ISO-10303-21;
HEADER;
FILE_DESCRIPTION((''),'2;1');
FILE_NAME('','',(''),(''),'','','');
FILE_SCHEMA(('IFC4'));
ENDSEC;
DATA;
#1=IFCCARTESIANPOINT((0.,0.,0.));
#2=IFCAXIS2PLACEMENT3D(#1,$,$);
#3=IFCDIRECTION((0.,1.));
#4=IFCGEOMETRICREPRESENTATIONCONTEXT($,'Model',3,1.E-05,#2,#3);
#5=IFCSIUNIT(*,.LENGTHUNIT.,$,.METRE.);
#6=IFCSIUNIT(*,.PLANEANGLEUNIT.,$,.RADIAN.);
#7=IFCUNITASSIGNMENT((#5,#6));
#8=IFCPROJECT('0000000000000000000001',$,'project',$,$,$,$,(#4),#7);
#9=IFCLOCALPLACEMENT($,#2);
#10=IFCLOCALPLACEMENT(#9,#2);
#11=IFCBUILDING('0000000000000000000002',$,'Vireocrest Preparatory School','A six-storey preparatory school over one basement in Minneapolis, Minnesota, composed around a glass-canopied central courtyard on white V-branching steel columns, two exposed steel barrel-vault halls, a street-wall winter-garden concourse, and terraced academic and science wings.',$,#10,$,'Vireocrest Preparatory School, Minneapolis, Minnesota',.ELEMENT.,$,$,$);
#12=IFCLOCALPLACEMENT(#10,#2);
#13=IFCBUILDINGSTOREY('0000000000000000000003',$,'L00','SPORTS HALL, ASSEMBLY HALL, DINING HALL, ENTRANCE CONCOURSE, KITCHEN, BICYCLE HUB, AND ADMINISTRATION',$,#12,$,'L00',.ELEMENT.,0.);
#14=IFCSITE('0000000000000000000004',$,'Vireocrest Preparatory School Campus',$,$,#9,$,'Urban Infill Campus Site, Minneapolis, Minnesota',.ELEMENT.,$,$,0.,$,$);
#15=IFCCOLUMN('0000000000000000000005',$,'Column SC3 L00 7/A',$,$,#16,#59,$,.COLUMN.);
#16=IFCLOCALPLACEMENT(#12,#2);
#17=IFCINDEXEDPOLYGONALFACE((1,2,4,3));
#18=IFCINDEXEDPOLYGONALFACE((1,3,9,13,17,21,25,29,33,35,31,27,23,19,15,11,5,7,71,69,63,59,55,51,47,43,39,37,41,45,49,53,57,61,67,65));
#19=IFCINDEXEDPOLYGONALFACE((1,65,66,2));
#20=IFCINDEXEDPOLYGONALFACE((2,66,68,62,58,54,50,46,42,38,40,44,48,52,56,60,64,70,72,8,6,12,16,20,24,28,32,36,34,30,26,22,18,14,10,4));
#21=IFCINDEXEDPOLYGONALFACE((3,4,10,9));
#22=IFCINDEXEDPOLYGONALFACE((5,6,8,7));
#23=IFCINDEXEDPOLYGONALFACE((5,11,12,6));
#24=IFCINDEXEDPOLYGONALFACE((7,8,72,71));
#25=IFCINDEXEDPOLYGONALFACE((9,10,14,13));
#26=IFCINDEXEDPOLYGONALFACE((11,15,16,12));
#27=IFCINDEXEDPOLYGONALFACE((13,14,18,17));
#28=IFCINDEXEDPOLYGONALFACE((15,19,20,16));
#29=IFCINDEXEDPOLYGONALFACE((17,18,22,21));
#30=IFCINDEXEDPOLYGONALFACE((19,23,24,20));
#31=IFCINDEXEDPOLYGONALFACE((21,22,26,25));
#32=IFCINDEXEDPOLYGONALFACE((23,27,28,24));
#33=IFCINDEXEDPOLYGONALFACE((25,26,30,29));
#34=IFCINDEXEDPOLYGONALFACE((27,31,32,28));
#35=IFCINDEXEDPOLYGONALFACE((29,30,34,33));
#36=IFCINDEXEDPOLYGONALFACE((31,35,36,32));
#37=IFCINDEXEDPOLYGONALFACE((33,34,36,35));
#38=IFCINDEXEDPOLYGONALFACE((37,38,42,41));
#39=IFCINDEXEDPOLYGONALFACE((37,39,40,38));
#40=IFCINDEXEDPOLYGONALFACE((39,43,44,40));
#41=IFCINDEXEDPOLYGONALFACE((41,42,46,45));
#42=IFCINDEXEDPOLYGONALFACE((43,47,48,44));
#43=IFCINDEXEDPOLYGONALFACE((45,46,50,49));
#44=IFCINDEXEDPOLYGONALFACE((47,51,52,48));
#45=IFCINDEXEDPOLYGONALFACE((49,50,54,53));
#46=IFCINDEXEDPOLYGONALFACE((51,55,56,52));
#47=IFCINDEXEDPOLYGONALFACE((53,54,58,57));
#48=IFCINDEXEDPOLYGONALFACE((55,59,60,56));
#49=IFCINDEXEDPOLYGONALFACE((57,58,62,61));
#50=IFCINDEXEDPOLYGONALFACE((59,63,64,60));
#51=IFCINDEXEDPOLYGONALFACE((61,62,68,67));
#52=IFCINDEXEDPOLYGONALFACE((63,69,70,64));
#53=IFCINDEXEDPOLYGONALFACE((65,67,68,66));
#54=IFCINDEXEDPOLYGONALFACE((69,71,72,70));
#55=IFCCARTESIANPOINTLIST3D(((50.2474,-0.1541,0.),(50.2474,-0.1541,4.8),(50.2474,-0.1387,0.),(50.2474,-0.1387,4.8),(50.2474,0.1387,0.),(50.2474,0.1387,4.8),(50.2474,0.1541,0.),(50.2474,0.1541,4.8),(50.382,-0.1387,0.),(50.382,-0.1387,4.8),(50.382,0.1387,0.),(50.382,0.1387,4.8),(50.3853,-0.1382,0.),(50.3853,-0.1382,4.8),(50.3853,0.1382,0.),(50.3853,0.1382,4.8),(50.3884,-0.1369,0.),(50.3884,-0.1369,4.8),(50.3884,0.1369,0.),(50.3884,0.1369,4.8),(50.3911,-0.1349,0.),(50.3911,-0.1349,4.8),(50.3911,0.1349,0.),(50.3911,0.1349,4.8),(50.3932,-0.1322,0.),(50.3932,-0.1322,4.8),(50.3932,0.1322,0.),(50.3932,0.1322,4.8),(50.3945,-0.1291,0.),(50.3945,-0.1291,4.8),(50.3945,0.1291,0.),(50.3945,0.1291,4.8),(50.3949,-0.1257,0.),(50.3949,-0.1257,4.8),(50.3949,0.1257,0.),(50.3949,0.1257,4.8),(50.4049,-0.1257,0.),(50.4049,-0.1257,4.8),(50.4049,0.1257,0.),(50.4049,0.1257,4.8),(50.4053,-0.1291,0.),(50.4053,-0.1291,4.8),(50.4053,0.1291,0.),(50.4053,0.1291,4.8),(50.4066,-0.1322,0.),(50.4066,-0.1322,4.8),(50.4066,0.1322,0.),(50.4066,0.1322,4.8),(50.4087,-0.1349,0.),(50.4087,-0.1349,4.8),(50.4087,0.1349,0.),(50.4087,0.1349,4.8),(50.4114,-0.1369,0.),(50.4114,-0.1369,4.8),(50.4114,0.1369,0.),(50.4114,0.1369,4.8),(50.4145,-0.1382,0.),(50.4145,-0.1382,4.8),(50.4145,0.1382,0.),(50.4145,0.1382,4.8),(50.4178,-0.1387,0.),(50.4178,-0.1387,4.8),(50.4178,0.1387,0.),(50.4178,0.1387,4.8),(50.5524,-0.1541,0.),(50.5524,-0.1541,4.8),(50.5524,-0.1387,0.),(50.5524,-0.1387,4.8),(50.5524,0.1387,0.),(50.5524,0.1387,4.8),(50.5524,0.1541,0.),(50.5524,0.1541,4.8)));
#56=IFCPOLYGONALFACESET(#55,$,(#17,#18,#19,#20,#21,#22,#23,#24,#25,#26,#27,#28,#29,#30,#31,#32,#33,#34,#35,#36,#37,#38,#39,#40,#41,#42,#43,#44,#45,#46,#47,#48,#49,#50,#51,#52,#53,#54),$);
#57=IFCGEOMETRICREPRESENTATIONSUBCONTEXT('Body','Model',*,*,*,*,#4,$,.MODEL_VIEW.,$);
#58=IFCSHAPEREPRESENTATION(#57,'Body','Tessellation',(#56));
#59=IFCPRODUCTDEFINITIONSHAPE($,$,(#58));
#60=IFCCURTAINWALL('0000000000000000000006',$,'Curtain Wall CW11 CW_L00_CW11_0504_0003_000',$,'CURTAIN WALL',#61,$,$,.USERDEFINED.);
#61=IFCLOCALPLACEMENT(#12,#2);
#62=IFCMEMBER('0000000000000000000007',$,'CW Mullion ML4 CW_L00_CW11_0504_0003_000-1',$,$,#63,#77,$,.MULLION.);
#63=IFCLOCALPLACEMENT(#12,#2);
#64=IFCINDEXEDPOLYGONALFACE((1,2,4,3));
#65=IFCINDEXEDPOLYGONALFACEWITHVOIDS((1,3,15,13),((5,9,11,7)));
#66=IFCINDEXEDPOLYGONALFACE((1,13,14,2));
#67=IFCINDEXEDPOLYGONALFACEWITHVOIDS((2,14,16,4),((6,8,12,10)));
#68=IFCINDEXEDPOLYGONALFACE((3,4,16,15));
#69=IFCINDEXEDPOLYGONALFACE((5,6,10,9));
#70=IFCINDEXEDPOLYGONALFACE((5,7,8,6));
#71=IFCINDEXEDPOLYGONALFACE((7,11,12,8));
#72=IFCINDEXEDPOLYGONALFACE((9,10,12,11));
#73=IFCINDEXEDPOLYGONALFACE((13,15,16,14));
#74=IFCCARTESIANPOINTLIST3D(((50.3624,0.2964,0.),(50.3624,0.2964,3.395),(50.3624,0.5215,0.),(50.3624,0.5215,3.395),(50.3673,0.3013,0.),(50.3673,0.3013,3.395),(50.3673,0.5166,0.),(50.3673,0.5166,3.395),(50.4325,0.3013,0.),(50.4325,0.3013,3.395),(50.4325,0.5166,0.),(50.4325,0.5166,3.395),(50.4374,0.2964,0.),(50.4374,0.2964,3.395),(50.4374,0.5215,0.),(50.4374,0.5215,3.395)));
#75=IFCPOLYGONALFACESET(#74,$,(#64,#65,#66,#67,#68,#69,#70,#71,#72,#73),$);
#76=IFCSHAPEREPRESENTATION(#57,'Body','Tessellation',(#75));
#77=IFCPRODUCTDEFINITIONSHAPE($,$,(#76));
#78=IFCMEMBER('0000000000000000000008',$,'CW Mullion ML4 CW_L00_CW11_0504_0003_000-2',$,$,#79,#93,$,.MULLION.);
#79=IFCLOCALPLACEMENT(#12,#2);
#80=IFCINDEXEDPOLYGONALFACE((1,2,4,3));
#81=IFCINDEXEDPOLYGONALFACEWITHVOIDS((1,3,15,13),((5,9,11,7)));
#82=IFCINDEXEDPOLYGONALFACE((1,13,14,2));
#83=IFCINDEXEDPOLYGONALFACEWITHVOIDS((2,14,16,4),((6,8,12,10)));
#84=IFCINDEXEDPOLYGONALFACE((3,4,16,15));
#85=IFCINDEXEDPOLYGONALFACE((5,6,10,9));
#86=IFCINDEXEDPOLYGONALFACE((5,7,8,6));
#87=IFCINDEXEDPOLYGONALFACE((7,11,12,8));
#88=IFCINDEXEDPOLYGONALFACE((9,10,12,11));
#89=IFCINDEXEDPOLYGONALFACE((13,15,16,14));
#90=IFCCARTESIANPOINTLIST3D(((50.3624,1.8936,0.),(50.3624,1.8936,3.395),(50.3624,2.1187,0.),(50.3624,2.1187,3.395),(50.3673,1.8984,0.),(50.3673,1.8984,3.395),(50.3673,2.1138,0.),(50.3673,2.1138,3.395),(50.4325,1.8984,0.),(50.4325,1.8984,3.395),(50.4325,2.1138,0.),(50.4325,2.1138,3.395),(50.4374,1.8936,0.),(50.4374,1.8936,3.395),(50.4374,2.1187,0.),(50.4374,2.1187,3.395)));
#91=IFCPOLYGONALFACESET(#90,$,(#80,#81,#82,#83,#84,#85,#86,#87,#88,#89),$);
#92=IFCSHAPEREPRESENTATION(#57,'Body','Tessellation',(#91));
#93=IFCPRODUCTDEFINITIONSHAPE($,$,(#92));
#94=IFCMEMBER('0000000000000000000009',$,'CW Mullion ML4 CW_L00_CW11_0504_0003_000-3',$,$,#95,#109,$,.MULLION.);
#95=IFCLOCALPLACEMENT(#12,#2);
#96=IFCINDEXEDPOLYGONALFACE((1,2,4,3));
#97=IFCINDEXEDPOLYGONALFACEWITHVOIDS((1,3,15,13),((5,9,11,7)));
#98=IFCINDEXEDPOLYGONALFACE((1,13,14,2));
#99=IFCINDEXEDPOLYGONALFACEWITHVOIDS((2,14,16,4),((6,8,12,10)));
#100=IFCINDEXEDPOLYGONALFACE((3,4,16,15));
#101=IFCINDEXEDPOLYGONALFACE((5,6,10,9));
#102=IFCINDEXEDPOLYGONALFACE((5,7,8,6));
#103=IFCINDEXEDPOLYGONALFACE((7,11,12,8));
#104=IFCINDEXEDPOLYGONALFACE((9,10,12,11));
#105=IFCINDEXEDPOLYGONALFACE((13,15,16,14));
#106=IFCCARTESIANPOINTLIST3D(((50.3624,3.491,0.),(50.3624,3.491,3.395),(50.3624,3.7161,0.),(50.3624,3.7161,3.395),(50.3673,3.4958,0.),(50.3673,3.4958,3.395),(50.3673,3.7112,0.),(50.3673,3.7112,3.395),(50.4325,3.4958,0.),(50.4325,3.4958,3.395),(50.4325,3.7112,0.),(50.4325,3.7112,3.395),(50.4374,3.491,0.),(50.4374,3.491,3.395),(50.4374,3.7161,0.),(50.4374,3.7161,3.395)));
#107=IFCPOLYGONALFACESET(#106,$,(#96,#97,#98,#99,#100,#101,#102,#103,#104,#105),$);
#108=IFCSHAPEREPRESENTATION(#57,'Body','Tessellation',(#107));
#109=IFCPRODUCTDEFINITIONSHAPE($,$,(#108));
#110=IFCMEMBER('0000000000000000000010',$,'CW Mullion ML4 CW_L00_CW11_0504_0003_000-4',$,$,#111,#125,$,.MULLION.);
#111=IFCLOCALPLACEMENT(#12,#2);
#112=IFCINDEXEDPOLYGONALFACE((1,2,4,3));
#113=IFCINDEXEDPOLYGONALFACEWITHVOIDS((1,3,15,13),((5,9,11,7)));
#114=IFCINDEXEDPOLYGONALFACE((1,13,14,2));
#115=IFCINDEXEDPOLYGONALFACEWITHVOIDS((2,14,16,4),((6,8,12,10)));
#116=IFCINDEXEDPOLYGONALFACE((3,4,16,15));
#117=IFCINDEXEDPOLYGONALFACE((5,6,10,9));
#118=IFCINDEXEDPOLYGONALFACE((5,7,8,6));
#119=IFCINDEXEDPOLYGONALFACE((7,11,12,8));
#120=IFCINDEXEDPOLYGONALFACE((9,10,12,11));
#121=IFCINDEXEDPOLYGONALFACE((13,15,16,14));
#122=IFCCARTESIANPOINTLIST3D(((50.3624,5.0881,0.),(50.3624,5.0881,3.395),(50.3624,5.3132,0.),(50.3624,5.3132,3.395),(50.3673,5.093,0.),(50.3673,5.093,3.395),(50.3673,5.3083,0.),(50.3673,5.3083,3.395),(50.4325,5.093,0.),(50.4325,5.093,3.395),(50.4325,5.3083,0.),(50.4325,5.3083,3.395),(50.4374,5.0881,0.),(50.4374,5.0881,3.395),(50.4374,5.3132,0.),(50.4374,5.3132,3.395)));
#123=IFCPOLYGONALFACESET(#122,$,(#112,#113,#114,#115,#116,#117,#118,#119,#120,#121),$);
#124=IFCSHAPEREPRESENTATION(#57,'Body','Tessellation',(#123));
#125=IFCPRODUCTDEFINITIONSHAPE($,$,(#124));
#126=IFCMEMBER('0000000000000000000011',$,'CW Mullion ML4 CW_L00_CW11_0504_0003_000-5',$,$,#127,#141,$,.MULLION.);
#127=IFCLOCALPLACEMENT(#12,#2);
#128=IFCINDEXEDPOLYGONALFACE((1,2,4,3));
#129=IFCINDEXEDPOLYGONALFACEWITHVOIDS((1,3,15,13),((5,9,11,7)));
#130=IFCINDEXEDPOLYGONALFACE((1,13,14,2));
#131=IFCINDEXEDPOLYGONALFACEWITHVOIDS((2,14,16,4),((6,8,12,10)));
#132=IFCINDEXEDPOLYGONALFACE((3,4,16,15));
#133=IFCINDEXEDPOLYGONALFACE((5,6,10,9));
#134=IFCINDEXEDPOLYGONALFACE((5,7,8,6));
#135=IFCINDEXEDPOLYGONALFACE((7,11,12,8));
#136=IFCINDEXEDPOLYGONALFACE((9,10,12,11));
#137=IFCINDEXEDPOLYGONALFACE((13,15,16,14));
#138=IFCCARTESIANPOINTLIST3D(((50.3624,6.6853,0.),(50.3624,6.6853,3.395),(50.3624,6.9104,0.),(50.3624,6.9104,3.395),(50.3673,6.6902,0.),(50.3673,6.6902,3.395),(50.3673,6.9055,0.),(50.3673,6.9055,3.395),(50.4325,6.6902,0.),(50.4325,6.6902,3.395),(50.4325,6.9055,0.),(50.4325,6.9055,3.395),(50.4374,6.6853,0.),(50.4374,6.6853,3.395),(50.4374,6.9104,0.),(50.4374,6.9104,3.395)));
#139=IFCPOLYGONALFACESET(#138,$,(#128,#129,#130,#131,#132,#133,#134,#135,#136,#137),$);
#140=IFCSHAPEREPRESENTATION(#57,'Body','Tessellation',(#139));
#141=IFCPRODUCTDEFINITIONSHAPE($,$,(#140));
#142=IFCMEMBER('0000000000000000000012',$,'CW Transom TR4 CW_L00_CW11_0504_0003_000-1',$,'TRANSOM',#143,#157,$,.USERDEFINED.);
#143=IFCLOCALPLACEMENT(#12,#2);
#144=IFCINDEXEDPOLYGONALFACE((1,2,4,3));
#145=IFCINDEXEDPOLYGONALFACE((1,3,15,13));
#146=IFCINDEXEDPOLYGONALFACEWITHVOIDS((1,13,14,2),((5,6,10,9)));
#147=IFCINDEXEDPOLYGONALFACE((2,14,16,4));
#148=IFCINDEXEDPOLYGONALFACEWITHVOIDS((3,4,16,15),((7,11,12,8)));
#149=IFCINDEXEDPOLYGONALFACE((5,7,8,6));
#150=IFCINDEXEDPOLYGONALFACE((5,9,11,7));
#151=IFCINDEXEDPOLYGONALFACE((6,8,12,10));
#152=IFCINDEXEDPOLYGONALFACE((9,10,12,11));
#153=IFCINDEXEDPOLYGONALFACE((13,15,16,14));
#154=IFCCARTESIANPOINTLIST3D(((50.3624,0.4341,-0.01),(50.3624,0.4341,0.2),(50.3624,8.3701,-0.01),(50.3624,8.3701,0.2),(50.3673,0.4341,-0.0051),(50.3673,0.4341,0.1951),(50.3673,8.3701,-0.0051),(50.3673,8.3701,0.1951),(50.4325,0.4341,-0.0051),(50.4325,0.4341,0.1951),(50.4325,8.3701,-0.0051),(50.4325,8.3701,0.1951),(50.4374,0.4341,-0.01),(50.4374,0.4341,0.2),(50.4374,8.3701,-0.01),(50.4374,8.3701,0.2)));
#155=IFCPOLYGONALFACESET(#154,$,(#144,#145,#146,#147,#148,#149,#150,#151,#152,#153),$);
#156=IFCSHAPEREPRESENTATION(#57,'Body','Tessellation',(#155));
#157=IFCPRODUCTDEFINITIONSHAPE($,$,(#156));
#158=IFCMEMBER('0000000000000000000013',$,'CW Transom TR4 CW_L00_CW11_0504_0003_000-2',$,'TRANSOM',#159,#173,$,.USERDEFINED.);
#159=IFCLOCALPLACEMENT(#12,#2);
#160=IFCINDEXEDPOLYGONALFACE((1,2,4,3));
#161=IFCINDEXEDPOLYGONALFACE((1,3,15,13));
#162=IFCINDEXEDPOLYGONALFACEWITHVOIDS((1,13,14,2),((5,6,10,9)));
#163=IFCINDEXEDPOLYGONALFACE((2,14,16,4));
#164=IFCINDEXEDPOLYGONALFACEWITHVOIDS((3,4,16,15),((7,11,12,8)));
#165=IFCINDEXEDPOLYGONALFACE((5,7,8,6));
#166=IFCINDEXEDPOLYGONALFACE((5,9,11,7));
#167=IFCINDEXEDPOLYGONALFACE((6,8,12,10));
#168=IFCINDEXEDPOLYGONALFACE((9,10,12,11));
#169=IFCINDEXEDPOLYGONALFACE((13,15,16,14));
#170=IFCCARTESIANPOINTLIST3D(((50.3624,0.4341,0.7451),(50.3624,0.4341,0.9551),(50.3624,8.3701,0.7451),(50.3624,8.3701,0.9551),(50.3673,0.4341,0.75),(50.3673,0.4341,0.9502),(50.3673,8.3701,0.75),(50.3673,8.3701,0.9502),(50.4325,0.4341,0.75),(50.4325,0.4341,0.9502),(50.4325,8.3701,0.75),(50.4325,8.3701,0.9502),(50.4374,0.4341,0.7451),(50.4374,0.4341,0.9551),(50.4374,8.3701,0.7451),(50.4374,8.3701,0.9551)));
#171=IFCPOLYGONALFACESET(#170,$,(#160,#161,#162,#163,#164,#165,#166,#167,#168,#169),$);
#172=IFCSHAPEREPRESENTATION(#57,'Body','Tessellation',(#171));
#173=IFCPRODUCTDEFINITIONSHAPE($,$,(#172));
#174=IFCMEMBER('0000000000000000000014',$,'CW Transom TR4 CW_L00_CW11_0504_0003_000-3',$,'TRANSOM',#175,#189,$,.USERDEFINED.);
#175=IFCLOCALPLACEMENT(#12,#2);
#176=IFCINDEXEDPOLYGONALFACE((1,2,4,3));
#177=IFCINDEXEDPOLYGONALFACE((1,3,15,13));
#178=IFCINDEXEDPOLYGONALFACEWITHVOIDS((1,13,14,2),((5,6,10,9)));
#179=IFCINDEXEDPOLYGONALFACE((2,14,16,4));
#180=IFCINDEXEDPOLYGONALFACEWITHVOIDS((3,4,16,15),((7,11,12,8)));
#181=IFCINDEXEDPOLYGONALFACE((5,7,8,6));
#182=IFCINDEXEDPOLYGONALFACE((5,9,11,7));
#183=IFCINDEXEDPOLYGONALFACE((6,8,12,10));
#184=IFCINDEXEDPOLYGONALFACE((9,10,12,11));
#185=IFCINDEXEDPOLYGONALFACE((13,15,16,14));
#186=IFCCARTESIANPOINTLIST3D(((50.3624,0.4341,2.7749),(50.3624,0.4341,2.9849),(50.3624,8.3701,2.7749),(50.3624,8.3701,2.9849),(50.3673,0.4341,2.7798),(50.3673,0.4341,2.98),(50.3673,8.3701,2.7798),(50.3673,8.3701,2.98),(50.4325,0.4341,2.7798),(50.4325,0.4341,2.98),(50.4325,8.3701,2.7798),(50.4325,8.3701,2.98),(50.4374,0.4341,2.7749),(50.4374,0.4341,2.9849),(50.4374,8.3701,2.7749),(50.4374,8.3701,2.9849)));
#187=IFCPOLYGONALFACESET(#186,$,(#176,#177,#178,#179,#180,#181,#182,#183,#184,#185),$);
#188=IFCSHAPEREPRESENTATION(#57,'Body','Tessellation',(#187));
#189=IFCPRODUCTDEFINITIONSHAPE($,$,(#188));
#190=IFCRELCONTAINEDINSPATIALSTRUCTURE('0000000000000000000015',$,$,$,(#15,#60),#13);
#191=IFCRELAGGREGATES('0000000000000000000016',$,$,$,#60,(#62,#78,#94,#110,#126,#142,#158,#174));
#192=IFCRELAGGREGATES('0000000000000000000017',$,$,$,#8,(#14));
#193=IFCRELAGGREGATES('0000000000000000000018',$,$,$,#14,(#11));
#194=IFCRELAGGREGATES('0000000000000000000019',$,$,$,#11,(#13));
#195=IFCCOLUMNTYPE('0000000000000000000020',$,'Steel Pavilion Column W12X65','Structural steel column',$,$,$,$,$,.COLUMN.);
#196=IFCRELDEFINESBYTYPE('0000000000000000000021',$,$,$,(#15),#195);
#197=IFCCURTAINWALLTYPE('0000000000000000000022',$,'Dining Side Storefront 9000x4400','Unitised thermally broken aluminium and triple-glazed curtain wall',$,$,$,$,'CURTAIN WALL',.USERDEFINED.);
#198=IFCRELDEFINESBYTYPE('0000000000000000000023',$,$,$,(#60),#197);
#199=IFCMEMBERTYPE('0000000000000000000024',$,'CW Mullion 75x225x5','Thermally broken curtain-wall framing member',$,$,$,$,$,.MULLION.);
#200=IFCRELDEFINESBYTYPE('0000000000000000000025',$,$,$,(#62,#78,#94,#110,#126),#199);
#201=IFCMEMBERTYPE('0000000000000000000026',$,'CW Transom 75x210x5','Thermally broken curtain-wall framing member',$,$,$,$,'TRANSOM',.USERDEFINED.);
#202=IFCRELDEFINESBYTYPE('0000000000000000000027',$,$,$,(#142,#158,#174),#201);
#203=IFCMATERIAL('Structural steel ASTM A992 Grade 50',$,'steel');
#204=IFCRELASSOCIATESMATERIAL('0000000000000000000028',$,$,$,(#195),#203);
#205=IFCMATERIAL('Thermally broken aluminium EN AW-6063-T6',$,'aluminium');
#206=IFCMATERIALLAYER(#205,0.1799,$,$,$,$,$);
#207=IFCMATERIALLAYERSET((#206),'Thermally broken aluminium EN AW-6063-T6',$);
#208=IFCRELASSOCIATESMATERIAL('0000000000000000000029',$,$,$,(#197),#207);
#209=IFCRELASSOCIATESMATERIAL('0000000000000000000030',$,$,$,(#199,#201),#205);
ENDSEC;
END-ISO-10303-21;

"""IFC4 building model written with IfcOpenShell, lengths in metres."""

from ifc_helpers import new_model, si_unit, direction, frame, origin, origin_2d, place, context, subcontext, project, spatial, hollow_rectangle, i_section, extrude, material, layer, layer_set, material_profile, profile_set, type_object, element, aggregate, save


model = new_model("IFC4")

# Units and contexts
model_context = context("Model", 3, precision=1e-05, world=origin(), true_north=direction((0.0, 1.0)))
body_context = subcontext(model_context, "Body", "Model", "MODEL_VIEW")
ifc_project = project(units=[si_unit("LENGTHUNIT", "METRE"), si_unit("PLANEANGLEUNIT", "RADIAN")], contexts=[model_context])

# Site, building, storey
site_placement = place(None, origin())
site = spatial("IfcSite", under=ifc_project, at=site_placement, Name="Vireocrest Preparatory School Campus", LongName="Urban Infill Campus Site, Minneapolis, Minnesota", CompositionType="ELEMENT", RefElevation=0.0)
building_placement = place(site_placement, origin())
building = spatial("IfcBuilding", under=site, at=building_placement, Name="Vireocrest Preparatory School", Description="A six-storey preparatory school over one basement in Minneapolis, Minnesota, composed around a glass-canopied central courtyard on white V-branching steel columns, two exposed steel barrel-vault halls, a street-wall winter-garden concourse, and terraced academic and science wings.", LongName="Vireocrest Preparatory School, Minneapolis, Minnesota", CompositionType="ELEMENT")
storey_placement = place(building_placement, origin())
storey = spatial("IfcBuildingStorey", under=building, at=storey_placement, Name="L00", Description="SPORTS HALL, ASSEMBLY HALL, DINING HALL, ENTRANCE CONCOURSE, KITCHEN, BICYCLE HUB, AND ADMINISTRATION", LongName="L00", CompositionType="ELEMENT", Elevation=0.0)

# Column
ifc_material_1 = material(Name="Structural steel ASTM A992 Grade 50", Category="steel")
ifc_material_profile_1 = material_profile(ifc_material_1, i_section(OverallWidth=0.3049, OverallDepth=0.3081, WebThickness=0.01, FlangeThickness=0.0154, FilletRadius=0.0129, at=origin_2d()), Name="W12X65")
ifc_profile_set_1 = profile_set([ifc_material_profile_1], Name="Structural steel ASTM A992 Grade 50")
column_type = type_object("IfcColumnType", Name="Steel Pavilion Column W12X65", Description="Structural steel column", PredefinedType="COLUMN", material=ifc_profile_set_1)
column_placement = place(storey_placement, frame((50.3999, 0.0, 0.0), z_axis=(0.0, 0.0, 1.0), x_axis=(1.0, 0.0, 0.0)))
element("IfcColumn", 1, at=column_placement, inside=storey, type_object=column_type, Name="Column SC3 L00 7/A", PredefinedType="COLUMN", context=body_context, shape_type="SweptSolid", body=[
    extrude(i_section(OverallWidth=0.3049, OverallDepth=0.3081, WebThickness=0.01, FlangeThickness=0.0154, FilletRadius=0.0129, at=origin_2d()), origin(), (0.0, 0.0, 1.0), 4.8),
])

# Curtain wall, members
ifc_material_2 = material(Name="Thermally broken aluminium EN AW-6063-T6", Category="aluminium")
ifc_layer_1 = layer(ifc_material_2, 0.1799)
ifc_layer_set_1 = layer_set([ifc_layer_1], Name="Thermally broken aluminium EN AW-6063-T6")
curtain_wall_type = type_object("IfcCurtainWallType", Name="Dining Side Storefront 9000x4400", Description="Unitised thermally broken aluminium and triple-glazed curtain wall", ElementType="CURTAIN WALL", PredefinedType="USERDEFINED", material=ifc_layer_set_1)
curtain_wall_placement = place(storey_placement, origin())
curtain_wall = element("IfcCurtainWall", 2, at=curtain_wall_placement, inside=storey, type_object=curtain_wall_type, Name="Curtain Wall CW11 CW_L00_CW11_0504_0003_000", ObjectType="CURTAIN WALL", PredefinedType="USERDEFINED")
ifc_material_profile_2 = material_profile(ifc_material_2, hollow_rectangle(XDim=0.075, YDim=0.2251, WallThickness=0.0049, at=origin_2d()), Name="ALU 75x225x5")
ifc_profile_set_2 = profile_set([ifc_material_profile_2], Name="Thermally broken aluminium EN AW-6063-T6")
member_type_1 = type_object("IfcMemberType", Name="CW Mullion 75x225x5", Description="Thermally broken curtain-wall framing member", PredefinedType="MULLION", material=ifc_profile_set_2)
member_1_placement = place(storey_placement, frame((50.3999, 0.4089, 0.0), z_axis=(0.0, 0.0, 1.0), x_axis=(1.0, 0.0, 0.0)))
member_1 = element("IfcMember", 3, at=member_1_placement, type_object=member_type_1, Name="CW Mullion ML4 CW_L00_CW11_0504_0003_000-1", PredefinedType="MULLION", context=body_context, shape_type="SweptSolid", body=[
    extrude(hollow_rectangle(XDim=0.075, YDim=0.2251, WallThickness=0.0049, at=origin_2d()), origin(), (0.0, 0.0, 1.0), 3.395),
])
member_2_placement = place(storey_placement, frame((50.3999, 2.0061, 0.0), z_axis=(0.0, 0.0, 1.0), x_axis=(1.0, 0.0, 0.0)))
member_2 = element("IfcMember", 4, at=member_2_placement, type_object=member_type_1, Name="CW Mullion ML4 CW_L00_CW11_0504_0003_000-2", PredefinedType="MULLION", context=body_context, shape_type="SweptSolid", body=[
    extrude(hollow_rectangle(XDim=0.075, YDim=0.2251, WallThickness=0.0049, at=origin_2d()), origin(), (0.0, 0.0, 1.0), 3.395),
])
member_3_placement = place(storey_placement, frame((50.3999, 3.6035, 0.0), z_axis=(0.0, 0.0, 1.0), x_axis=(1.0, 0.0, 0.0)))
member_3 = element("IfcMember", 5, at=member_3_placement, type_object=member_type_1, Name="CW Mullion ML4 CW_L00_CW11_0504_0003_000-3", PredefinedType="MULLION", context=body_context, shape_type="SweptSolid", body=[
    extrude(hollow_rectangle(XDim=0.075, YDim=0.2251, WallThickness=0.0049, at=origin_2d()), origin(), (0.0, 0.0, 1.0), 3.395),
])
member_4_placement = place(storey_placement, frame((50.3999, 5.2007, 0.0), z_axis=(0.0, 0.0, 1.0), x_axis=(1.0, 0.0, 0.0)))
member_4 = element("IfcMember", 6, at=member_4_placement, type_object=member_type_1, Name="CW Mullion ML4 CW_L00_CW11_0504_0003_000-4", PredefinedType="MULLION", context=body_context, shape_type="SweptSolid", body=[
    extrude(hollow_rectangle(XDim=0.075, YDim=0.2251, WallThickness=0.0049, at=origin_2d()), origin(), (0.0, 0.0, 1.0), 3.395),
])
member_5_placement = place(storey_placement, frame((50.3999, 6.7979, 0.0), z_axis=(0.0, 0.0, 1.0), x_axis=(1.0, 0.0, 0.0)))
member_5 = element("IfcMember", 7, at=member_5_placement, type_object=member_type_1, Name="CW Mullion ML4 CW_L00_CW11_0504_0003_000-5", PredefinedType="MULLION", context=body_context, shape_type="SweptSolid", body=[
    extrude(hollow_rectangle(XDim=0.075, YDim=0.2251, WallThickness=0.0049, at=origin_2d()), origin(), (0.0, 0.0, 1.0), 3.395),
])
ifc_material_profile_3 = material_profile(ifc_material_2, hollow_rectangle(XDim=0.075, YDim=0.21, WallThickness=0.0049, at=origin_2d()), Name="ALU 75x210x5")
ifc_profile_set_3 = profile_set([ifc_material_profile_3], Name="Thermally broken aluminium EN AW-6063-T6")
member_type_2 = type_object("IfcMemberType", Name="CW Transom 75x210x5", Description="Thermally broken curtain-wall framing member", ElementType="TRANSOM", PredefinedType="USERDEFINED", material=ifc_profile_set_3)
member_6_placement = place(storey_placement, frame((50.3999, 0.4341, 0.095), z_axis=(0.0, 1.0, 0.0), x_axis=(-1.0, 0.0, 0.0)))
member_6 = element("IfcMember", 8, at=member_6_placement, type_object=member_type_2, Name="CW Transom TR4 CW_L00_CW11_0504_0003_000-1", ObjectType="TRANSOM", PredefinedType="USERDEFINED", context=body_context, shape_type="SweptSolid", body=[
    extrude(hollow_rectangle(XDim=0.075, YDim=0.21, WallThickness=0.0049, at=origin_2d()), origin(), (0.0, 0.0, 1.0), 7.936),
])
member_7_placement = place(storey_placement, frame((50.3999, 0.4341, 0.8501), z_axis=(0.0, 1.0, 0.0), x_axis=(-1.0, 0.0, 0.0)))
member_7 = element("IfcMember", 9, at=member_7_placement, type_object=member_type_2, Name="CW Transom TR4 CW_L00_CW11_0504_0003_000-2", ObjectType="TRANSOM", PredefinedType="USERDEFINED", context=body_context, shape_type="SweptSolid", body=[
    extrude(hollow_rectangle(XDim=0.075, YDim=0.21, WallThickness=0.0049, at=origin_2d()), origin(), (0.0, 0.0, 1.0), 7.936),
])
member_8_placement = place(storey_placement, frame((50.3999, 0.4341, 2.8799), z_axis=(0.0, 1.0, 0.0), x_axis=(-1.0, 0.0, 0.0)))
member_8 = element("IfcMember", 10, at=member_8_placement, type_object=member_type_2, Name="CW Transom TR4 CW_L00_CW11_0504_0003_000-3", ObjectType="TRANSOM", PredefinedType="USERDEFINED", context=body_context, shape_type="SweptSolid", body=[
    extrude(hollow_rectangle(XDim=0.075, YDim=0.21, WallThickness=0.0049, at=origin_2d()), origin(), (0.0, 0.0, 1.0), 7.936),
])

aggregate(curtain_wall, [member_1, member_2, member_3, member_4, member_5, member_6, member_7, member_8])

save(model, "model.ifc")
